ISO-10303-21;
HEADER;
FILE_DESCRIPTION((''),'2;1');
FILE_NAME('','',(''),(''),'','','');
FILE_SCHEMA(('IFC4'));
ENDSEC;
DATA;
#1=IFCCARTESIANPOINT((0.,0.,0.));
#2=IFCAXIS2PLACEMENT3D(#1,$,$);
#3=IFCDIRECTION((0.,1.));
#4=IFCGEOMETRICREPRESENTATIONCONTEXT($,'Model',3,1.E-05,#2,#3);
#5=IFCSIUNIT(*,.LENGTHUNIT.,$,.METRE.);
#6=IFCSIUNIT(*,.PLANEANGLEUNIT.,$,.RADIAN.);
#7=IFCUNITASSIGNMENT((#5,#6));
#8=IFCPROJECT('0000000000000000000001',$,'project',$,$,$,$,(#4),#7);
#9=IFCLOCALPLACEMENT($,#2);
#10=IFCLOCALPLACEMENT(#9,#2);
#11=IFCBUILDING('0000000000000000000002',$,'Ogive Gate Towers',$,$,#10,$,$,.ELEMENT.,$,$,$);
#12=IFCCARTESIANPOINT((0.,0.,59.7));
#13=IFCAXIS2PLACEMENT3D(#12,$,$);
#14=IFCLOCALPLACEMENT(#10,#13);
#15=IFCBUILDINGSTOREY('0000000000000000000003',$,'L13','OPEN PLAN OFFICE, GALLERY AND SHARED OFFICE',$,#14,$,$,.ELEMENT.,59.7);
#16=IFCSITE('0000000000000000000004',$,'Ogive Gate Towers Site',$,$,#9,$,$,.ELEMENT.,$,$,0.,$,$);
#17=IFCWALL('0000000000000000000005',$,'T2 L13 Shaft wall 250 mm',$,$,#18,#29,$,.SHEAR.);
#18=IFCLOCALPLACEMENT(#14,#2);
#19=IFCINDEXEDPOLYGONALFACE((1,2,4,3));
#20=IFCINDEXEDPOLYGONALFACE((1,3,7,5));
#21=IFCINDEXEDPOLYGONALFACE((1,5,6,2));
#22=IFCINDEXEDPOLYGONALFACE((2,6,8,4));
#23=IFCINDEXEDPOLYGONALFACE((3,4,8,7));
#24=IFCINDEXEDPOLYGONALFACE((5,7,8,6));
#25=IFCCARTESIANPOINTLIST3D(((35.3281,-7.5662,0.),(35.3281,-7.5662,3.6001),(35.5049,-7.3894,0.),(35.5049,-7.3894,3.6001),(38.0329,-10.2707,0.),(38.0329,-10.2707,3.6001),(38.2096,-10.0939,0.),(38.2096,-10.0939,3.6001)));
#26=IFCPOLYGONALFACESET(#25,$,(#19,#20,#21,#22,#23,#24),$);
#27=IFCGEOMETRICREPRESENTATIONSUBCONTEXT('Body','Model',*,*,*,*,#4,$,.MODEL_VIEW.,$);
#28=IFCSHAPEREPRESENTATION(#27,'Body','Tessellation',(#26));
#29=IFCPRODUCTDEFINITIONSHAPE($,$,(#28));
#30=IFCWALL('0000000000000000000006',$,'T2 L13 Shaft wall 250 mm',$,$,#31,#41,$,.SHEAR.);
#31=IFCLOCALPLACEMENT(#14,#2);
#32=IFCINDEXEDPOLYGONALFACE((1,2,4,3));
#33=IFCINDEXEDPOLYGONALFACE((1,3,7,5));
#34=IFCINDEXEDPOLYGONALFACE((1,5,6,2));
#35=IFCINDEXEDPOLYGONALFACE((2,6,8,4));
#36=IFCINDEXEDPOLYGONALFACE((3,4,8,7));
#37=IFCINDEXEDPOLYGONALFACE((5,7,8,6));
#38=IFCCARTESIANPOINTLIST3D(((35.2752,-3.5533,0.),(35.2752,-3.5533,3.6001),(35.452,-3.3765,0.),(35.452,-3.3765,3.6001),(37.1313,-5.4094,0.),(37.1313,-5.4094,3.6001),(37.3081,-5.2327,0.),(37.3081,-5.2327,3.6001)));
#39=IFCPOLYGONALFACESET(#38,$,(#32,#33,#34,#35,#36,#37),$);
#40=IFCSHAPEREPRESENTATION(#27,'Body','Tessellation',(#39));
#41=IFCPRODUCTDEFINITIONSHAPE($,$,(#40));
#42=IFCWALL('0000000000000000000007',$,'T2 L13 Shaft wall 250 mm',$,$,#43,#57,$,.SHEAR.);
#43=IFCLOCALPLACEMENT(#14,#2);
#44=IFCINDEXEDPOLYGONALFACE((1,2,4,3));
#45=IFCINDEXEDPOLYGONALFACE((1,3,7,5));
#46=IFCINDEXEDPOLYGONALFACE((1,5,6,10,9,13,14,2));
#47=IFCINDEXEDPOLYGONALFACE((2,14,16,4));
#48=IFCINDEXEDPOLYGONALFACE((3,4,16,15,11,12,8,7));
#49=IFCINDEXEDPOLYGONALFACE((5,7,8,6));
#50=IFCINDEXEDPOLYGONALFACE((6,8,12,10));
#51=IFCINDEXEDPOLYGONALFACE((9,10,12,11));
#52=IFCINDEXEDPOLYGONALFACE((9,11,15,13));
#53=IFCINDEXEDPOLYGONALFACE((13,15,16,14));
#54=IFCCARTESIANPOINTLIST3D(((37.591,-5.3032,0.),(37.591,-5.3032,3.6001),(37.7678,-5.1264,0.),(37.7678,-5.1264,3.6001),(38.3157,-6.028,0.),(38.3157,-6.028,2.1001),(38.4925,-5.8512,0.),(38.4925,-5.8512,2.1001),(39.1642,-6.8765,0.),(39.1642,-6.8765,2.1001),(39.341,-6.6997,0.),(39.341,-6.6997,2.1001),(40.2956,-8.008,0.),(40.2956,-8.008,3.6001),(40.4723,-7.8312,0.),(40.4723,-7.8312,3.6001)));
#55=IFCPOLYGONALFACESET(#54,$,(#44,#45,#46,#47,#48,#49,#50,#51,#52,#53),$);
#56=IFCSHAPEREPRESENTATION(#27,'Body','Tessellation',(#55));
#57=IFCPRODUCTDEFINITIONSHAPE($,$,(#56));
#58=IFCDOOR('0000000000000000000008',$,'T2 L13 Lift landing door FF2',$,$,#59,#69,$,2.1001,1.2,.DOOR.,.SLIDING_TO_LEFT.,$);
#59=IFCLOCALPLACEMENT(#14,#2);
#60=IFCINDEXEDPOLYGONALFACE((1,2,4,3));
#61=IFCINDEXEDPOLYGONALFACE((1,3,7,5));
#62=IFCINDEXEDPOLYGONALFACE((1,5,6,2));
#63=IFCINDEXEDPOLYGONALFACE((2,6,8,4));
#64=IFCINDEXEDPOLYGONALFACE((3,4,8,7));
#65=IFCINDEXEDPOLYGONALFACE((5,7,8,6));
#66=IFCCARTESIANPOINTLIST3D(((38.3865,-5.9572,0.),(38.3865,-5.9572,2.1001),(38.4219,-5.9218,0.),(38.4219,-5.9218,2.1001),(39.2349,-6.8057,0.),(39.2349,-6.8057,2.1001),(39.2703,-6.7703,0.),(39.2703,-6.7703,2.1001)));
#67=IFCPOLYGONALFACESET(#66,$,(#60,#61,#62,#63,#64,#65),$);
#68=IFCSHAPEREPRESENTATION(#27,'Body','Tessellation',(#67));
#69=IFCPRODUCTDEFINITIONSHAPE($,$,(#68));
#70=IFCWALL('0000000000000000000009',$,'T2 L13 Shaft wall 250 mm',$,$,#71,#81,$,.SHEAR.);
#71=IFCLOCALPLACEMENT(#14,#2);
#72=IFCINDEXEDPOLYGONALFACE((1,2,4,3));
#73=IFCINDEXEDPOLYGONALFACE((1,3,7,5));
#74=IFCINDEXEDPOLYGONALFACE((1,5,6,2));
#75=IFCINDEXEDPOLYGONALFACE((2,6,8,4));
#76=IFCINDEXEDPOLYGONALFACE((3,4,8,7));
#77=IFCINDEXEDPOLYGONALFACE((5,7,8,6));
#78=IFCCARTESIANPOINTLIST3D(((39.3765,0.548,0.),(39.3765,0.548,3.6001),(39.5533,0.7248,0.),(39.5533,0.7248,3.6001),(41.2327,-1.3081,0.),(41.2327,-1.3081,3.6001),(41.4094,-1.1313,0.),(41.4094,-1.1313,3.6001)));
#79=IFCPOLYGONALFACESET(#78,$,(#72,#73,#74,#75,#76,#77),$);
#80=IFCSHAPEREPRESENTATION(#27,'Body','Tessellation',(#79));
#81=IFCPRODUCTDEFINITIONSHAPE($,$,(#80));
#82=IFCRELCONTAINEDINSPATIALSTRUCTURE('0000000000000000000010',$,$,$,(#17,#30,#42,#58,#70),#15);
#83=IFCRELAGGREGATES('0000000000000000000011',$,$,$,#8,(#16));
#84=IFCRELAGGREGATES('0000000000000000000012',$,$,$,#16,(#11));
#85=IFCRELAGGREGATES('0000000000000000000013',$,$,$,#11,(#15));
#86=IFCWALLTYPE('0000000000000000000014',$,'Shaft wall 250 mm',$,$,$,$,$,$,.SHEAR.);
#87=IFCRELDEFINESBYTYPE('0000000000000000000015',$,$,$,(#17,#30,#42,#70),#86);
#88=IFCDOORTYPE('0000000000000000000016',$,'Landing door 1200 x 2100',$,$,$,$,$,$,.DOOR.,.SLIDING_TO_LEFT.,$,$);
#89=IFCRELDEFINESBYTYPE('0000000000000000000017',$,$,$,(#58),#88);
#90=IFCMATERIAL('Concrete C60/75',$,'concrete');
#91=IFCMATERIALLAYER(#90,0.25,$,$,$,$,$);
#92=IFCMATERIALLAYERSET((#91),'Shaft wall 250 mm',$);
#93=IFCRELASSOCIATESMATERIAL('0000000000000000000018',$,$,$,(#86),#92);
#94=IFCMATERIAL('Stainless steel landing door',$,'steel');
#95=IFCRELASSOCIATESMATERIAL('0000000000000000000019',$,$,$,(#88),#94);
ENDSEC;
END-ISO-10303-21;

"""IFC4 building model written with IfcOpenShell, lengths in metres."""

from ifc_helpers import new_model, si_unit, direction, frame, frame_2d, origin, place, context, subcontext, project, spatial, rectangle, extrude, material, layer, layer_set, type_object, element, fill, save


model = new_model("IFC4")

# Units and contexts
model_context = context("Model", 3, precision=1e-05, world=origin(), true_north=direction((0.0, 1.0)))
body_context = subcontext(model_context, "Body", "Model", "MODEL_VIEW")
ifc_project = project(units=[si_unit("LENGTHUNIT", "METRE"), si_unit("PLANEANGLEUNIT", "RADIAN")], contexts=[model_context])

# Site, building, storey
site_placement = place(None, origin())
site = spatial("IfcSite", under=ifc_project, at=site_placement, Name="Ogive Gate Towers Site", CompositionType="ELEMENT", RefElevation=0.0)
building_placement = place(site_placement, origin())
building = spatial("IfcBuilding", under=site, at=building_placement, Name="Ogive Gate Towers", CompositionType="ELEMENT")
storey_placement = place(building_placement, frame((0.0, 0.0, 59.7)))
storey = spatial("IfcBuildingStorey", under=building, at=storey_placement, Name="L13", Description="OPEN PLAN OFFICE, GALLERY AND SHARED OFFICE", CompositionType="ELEMENT", Elevation=59.7)

# Shared definitions
ifc_material_1 = material(Name="Concrete C60/75", Category="concrete")

# Walls
ifc_layer_1 = layer(ifc_material_1, 0.25)
ifc_layer_set_1 = layer_set([ifc_layer_1], Name="Shaft wall 250 mm")
wall_type_1 = type_object("IfcWallType", Name="Shaft wall 250 mm", PredefinedType="SHEAR", material=ifc_layer_set_1)
wall_1_placement = place(storey_placement, frame((38.1213, -10.1824, 0.0), z_axis=(0.0, 0.0, 1.0), x_axis=(-0.707139, 0.707075, 0.0)))
element("IfcWall", 1, at=wall_1_placement, inside=storey, type_object=wall_type_1, Name="T2 L13 Shaft wall 250 mm", PredefinedType="SHEAR", context=body_context, shape_type="SweptSolid", body=[
    extrude(rectangle(XDim=3.825, YDim=0.25, at=frame_2d((1.9126, 0.0))), origin(), (0.0, 0.0, 1.0), 3.6001),
])
wall_2_placement = place(storey_placement, frame((37.2197, -5.321, 0.0), z_axis=(0.0, 0.0, 1.0), x_axis=(-0.707107, 0.707107, 0.0)))
element("IfcWall", 2, at=wall_2_placement, inside=storey, type_object=wall_type_1, Name="T2 L13 Shaft wall 250 mm", PredefinedType="SHEAR", context=body_context, shape_type="SweptSolid", body=[
    extrude(rectangle(XDim=2.625, YDim=0.25, at=frame_2d((1.3125, 0.0))), origin(), (0.0, 0.0, 1.0), 3.6001),
])

# Wall, opening, door
wall_3_placement = place(storey_placement, frame((40.384, -7.9197, 0.0), z_axis=(0.0, 0.0, 1.0), x_axis=(-0.707075, 0.707139, 0.0)))
wall_3 = element("IfcWall", 3, at=wall_3_placement, inside=storey, type_object=wall_type_1, Name="T2 L13 Shaft wall 250 mm", PredefinedType="SHEAR", context=body_context, shape_type="SweptSolid", body=[
    extrude(rectangle(XDim=3.825, YDim=0.25, at=frame_2d((1.9126, 0.0))), origin(), (0.0, 0.0, 1.0), 3.6001),
])
opening_1_placement = place(wall_3_placement, frame((1.6001, 0.0, 0.0)))
opening_1 = element("IfcOpeningElement", 4, at=opening_1_placement, cuts=wall_3, PredefinedType="OPENING", context=body_context, shape_type="SweptSolid", body=[
    extrude(rectangle(XDim=1.2, YDim=2.1001, at=frame_2d((0.6001, 1.05))), frame((0.0, 0.135, 0.0), z_axis=(0.0, -1.0, 0.0), x_axis=(1.0, 0.0, 0.0)), (0.0, 0.0, 1.0), 0.27),
])
ifc_material_2 = material(Name="Stainless steel landing door", Category="steel")
door_type_1 = type_object("IfcDoorType", Name="Landing door 1200 x 2100", OperationType="SLIDING_TO_LEFT", PredefinedType="DOOR", material=ifc_material_2)
door_1_placement = place(opening_1_placement, origin())
door_1 = element("IfcDoor", 5, at=door_1_placement, inside=storey, type_object=door_type_1, Name="T2 L13 Lift landing door FF2", OperationType="SLIDING_TO_LEFT", OverallHeight=2.1001, OverallWidth=1.2, PredefinedType="DOOR", context=body_context, shape_type="SweptSolid", body=[
    extrude(rectangle(XDim=1.2, YDim=2.1001, at=frame_2d((0.6001, 1.05))), frame((0.0, 0.0249, 0.0), z_axis=(0.0, -1.0, 0.0), x_axis=(1.0, 0.0, 0.0)), (0.0, 0.0, 1.0), 0.05),
])
fill(opening_1, door_1)

# Wall
wall_4_placement = place(storey_placement, frame((41.321, -1.2197, 0.0), z_axis=(0.0, 0.0, 1.0), x_axis=(-0.707107, 0.707107, 0.0)))
element("IfcWall", 6, at=wall_4_placement, inside=storey, type_object=wall_type_1, Name="T2 L13 Shaft wall 250 mm", PredefinedType="SHEAR", context=body_context, shape_type="SweptSolid", body=[
    extrude(rectangle(XDim=2.625, YDim=0.25, at=frame_2d((1.3125, 0.0))), origin(), (0.0, 0.0, 1.0), 3.6001),
])

save(model, "model.ifc")
